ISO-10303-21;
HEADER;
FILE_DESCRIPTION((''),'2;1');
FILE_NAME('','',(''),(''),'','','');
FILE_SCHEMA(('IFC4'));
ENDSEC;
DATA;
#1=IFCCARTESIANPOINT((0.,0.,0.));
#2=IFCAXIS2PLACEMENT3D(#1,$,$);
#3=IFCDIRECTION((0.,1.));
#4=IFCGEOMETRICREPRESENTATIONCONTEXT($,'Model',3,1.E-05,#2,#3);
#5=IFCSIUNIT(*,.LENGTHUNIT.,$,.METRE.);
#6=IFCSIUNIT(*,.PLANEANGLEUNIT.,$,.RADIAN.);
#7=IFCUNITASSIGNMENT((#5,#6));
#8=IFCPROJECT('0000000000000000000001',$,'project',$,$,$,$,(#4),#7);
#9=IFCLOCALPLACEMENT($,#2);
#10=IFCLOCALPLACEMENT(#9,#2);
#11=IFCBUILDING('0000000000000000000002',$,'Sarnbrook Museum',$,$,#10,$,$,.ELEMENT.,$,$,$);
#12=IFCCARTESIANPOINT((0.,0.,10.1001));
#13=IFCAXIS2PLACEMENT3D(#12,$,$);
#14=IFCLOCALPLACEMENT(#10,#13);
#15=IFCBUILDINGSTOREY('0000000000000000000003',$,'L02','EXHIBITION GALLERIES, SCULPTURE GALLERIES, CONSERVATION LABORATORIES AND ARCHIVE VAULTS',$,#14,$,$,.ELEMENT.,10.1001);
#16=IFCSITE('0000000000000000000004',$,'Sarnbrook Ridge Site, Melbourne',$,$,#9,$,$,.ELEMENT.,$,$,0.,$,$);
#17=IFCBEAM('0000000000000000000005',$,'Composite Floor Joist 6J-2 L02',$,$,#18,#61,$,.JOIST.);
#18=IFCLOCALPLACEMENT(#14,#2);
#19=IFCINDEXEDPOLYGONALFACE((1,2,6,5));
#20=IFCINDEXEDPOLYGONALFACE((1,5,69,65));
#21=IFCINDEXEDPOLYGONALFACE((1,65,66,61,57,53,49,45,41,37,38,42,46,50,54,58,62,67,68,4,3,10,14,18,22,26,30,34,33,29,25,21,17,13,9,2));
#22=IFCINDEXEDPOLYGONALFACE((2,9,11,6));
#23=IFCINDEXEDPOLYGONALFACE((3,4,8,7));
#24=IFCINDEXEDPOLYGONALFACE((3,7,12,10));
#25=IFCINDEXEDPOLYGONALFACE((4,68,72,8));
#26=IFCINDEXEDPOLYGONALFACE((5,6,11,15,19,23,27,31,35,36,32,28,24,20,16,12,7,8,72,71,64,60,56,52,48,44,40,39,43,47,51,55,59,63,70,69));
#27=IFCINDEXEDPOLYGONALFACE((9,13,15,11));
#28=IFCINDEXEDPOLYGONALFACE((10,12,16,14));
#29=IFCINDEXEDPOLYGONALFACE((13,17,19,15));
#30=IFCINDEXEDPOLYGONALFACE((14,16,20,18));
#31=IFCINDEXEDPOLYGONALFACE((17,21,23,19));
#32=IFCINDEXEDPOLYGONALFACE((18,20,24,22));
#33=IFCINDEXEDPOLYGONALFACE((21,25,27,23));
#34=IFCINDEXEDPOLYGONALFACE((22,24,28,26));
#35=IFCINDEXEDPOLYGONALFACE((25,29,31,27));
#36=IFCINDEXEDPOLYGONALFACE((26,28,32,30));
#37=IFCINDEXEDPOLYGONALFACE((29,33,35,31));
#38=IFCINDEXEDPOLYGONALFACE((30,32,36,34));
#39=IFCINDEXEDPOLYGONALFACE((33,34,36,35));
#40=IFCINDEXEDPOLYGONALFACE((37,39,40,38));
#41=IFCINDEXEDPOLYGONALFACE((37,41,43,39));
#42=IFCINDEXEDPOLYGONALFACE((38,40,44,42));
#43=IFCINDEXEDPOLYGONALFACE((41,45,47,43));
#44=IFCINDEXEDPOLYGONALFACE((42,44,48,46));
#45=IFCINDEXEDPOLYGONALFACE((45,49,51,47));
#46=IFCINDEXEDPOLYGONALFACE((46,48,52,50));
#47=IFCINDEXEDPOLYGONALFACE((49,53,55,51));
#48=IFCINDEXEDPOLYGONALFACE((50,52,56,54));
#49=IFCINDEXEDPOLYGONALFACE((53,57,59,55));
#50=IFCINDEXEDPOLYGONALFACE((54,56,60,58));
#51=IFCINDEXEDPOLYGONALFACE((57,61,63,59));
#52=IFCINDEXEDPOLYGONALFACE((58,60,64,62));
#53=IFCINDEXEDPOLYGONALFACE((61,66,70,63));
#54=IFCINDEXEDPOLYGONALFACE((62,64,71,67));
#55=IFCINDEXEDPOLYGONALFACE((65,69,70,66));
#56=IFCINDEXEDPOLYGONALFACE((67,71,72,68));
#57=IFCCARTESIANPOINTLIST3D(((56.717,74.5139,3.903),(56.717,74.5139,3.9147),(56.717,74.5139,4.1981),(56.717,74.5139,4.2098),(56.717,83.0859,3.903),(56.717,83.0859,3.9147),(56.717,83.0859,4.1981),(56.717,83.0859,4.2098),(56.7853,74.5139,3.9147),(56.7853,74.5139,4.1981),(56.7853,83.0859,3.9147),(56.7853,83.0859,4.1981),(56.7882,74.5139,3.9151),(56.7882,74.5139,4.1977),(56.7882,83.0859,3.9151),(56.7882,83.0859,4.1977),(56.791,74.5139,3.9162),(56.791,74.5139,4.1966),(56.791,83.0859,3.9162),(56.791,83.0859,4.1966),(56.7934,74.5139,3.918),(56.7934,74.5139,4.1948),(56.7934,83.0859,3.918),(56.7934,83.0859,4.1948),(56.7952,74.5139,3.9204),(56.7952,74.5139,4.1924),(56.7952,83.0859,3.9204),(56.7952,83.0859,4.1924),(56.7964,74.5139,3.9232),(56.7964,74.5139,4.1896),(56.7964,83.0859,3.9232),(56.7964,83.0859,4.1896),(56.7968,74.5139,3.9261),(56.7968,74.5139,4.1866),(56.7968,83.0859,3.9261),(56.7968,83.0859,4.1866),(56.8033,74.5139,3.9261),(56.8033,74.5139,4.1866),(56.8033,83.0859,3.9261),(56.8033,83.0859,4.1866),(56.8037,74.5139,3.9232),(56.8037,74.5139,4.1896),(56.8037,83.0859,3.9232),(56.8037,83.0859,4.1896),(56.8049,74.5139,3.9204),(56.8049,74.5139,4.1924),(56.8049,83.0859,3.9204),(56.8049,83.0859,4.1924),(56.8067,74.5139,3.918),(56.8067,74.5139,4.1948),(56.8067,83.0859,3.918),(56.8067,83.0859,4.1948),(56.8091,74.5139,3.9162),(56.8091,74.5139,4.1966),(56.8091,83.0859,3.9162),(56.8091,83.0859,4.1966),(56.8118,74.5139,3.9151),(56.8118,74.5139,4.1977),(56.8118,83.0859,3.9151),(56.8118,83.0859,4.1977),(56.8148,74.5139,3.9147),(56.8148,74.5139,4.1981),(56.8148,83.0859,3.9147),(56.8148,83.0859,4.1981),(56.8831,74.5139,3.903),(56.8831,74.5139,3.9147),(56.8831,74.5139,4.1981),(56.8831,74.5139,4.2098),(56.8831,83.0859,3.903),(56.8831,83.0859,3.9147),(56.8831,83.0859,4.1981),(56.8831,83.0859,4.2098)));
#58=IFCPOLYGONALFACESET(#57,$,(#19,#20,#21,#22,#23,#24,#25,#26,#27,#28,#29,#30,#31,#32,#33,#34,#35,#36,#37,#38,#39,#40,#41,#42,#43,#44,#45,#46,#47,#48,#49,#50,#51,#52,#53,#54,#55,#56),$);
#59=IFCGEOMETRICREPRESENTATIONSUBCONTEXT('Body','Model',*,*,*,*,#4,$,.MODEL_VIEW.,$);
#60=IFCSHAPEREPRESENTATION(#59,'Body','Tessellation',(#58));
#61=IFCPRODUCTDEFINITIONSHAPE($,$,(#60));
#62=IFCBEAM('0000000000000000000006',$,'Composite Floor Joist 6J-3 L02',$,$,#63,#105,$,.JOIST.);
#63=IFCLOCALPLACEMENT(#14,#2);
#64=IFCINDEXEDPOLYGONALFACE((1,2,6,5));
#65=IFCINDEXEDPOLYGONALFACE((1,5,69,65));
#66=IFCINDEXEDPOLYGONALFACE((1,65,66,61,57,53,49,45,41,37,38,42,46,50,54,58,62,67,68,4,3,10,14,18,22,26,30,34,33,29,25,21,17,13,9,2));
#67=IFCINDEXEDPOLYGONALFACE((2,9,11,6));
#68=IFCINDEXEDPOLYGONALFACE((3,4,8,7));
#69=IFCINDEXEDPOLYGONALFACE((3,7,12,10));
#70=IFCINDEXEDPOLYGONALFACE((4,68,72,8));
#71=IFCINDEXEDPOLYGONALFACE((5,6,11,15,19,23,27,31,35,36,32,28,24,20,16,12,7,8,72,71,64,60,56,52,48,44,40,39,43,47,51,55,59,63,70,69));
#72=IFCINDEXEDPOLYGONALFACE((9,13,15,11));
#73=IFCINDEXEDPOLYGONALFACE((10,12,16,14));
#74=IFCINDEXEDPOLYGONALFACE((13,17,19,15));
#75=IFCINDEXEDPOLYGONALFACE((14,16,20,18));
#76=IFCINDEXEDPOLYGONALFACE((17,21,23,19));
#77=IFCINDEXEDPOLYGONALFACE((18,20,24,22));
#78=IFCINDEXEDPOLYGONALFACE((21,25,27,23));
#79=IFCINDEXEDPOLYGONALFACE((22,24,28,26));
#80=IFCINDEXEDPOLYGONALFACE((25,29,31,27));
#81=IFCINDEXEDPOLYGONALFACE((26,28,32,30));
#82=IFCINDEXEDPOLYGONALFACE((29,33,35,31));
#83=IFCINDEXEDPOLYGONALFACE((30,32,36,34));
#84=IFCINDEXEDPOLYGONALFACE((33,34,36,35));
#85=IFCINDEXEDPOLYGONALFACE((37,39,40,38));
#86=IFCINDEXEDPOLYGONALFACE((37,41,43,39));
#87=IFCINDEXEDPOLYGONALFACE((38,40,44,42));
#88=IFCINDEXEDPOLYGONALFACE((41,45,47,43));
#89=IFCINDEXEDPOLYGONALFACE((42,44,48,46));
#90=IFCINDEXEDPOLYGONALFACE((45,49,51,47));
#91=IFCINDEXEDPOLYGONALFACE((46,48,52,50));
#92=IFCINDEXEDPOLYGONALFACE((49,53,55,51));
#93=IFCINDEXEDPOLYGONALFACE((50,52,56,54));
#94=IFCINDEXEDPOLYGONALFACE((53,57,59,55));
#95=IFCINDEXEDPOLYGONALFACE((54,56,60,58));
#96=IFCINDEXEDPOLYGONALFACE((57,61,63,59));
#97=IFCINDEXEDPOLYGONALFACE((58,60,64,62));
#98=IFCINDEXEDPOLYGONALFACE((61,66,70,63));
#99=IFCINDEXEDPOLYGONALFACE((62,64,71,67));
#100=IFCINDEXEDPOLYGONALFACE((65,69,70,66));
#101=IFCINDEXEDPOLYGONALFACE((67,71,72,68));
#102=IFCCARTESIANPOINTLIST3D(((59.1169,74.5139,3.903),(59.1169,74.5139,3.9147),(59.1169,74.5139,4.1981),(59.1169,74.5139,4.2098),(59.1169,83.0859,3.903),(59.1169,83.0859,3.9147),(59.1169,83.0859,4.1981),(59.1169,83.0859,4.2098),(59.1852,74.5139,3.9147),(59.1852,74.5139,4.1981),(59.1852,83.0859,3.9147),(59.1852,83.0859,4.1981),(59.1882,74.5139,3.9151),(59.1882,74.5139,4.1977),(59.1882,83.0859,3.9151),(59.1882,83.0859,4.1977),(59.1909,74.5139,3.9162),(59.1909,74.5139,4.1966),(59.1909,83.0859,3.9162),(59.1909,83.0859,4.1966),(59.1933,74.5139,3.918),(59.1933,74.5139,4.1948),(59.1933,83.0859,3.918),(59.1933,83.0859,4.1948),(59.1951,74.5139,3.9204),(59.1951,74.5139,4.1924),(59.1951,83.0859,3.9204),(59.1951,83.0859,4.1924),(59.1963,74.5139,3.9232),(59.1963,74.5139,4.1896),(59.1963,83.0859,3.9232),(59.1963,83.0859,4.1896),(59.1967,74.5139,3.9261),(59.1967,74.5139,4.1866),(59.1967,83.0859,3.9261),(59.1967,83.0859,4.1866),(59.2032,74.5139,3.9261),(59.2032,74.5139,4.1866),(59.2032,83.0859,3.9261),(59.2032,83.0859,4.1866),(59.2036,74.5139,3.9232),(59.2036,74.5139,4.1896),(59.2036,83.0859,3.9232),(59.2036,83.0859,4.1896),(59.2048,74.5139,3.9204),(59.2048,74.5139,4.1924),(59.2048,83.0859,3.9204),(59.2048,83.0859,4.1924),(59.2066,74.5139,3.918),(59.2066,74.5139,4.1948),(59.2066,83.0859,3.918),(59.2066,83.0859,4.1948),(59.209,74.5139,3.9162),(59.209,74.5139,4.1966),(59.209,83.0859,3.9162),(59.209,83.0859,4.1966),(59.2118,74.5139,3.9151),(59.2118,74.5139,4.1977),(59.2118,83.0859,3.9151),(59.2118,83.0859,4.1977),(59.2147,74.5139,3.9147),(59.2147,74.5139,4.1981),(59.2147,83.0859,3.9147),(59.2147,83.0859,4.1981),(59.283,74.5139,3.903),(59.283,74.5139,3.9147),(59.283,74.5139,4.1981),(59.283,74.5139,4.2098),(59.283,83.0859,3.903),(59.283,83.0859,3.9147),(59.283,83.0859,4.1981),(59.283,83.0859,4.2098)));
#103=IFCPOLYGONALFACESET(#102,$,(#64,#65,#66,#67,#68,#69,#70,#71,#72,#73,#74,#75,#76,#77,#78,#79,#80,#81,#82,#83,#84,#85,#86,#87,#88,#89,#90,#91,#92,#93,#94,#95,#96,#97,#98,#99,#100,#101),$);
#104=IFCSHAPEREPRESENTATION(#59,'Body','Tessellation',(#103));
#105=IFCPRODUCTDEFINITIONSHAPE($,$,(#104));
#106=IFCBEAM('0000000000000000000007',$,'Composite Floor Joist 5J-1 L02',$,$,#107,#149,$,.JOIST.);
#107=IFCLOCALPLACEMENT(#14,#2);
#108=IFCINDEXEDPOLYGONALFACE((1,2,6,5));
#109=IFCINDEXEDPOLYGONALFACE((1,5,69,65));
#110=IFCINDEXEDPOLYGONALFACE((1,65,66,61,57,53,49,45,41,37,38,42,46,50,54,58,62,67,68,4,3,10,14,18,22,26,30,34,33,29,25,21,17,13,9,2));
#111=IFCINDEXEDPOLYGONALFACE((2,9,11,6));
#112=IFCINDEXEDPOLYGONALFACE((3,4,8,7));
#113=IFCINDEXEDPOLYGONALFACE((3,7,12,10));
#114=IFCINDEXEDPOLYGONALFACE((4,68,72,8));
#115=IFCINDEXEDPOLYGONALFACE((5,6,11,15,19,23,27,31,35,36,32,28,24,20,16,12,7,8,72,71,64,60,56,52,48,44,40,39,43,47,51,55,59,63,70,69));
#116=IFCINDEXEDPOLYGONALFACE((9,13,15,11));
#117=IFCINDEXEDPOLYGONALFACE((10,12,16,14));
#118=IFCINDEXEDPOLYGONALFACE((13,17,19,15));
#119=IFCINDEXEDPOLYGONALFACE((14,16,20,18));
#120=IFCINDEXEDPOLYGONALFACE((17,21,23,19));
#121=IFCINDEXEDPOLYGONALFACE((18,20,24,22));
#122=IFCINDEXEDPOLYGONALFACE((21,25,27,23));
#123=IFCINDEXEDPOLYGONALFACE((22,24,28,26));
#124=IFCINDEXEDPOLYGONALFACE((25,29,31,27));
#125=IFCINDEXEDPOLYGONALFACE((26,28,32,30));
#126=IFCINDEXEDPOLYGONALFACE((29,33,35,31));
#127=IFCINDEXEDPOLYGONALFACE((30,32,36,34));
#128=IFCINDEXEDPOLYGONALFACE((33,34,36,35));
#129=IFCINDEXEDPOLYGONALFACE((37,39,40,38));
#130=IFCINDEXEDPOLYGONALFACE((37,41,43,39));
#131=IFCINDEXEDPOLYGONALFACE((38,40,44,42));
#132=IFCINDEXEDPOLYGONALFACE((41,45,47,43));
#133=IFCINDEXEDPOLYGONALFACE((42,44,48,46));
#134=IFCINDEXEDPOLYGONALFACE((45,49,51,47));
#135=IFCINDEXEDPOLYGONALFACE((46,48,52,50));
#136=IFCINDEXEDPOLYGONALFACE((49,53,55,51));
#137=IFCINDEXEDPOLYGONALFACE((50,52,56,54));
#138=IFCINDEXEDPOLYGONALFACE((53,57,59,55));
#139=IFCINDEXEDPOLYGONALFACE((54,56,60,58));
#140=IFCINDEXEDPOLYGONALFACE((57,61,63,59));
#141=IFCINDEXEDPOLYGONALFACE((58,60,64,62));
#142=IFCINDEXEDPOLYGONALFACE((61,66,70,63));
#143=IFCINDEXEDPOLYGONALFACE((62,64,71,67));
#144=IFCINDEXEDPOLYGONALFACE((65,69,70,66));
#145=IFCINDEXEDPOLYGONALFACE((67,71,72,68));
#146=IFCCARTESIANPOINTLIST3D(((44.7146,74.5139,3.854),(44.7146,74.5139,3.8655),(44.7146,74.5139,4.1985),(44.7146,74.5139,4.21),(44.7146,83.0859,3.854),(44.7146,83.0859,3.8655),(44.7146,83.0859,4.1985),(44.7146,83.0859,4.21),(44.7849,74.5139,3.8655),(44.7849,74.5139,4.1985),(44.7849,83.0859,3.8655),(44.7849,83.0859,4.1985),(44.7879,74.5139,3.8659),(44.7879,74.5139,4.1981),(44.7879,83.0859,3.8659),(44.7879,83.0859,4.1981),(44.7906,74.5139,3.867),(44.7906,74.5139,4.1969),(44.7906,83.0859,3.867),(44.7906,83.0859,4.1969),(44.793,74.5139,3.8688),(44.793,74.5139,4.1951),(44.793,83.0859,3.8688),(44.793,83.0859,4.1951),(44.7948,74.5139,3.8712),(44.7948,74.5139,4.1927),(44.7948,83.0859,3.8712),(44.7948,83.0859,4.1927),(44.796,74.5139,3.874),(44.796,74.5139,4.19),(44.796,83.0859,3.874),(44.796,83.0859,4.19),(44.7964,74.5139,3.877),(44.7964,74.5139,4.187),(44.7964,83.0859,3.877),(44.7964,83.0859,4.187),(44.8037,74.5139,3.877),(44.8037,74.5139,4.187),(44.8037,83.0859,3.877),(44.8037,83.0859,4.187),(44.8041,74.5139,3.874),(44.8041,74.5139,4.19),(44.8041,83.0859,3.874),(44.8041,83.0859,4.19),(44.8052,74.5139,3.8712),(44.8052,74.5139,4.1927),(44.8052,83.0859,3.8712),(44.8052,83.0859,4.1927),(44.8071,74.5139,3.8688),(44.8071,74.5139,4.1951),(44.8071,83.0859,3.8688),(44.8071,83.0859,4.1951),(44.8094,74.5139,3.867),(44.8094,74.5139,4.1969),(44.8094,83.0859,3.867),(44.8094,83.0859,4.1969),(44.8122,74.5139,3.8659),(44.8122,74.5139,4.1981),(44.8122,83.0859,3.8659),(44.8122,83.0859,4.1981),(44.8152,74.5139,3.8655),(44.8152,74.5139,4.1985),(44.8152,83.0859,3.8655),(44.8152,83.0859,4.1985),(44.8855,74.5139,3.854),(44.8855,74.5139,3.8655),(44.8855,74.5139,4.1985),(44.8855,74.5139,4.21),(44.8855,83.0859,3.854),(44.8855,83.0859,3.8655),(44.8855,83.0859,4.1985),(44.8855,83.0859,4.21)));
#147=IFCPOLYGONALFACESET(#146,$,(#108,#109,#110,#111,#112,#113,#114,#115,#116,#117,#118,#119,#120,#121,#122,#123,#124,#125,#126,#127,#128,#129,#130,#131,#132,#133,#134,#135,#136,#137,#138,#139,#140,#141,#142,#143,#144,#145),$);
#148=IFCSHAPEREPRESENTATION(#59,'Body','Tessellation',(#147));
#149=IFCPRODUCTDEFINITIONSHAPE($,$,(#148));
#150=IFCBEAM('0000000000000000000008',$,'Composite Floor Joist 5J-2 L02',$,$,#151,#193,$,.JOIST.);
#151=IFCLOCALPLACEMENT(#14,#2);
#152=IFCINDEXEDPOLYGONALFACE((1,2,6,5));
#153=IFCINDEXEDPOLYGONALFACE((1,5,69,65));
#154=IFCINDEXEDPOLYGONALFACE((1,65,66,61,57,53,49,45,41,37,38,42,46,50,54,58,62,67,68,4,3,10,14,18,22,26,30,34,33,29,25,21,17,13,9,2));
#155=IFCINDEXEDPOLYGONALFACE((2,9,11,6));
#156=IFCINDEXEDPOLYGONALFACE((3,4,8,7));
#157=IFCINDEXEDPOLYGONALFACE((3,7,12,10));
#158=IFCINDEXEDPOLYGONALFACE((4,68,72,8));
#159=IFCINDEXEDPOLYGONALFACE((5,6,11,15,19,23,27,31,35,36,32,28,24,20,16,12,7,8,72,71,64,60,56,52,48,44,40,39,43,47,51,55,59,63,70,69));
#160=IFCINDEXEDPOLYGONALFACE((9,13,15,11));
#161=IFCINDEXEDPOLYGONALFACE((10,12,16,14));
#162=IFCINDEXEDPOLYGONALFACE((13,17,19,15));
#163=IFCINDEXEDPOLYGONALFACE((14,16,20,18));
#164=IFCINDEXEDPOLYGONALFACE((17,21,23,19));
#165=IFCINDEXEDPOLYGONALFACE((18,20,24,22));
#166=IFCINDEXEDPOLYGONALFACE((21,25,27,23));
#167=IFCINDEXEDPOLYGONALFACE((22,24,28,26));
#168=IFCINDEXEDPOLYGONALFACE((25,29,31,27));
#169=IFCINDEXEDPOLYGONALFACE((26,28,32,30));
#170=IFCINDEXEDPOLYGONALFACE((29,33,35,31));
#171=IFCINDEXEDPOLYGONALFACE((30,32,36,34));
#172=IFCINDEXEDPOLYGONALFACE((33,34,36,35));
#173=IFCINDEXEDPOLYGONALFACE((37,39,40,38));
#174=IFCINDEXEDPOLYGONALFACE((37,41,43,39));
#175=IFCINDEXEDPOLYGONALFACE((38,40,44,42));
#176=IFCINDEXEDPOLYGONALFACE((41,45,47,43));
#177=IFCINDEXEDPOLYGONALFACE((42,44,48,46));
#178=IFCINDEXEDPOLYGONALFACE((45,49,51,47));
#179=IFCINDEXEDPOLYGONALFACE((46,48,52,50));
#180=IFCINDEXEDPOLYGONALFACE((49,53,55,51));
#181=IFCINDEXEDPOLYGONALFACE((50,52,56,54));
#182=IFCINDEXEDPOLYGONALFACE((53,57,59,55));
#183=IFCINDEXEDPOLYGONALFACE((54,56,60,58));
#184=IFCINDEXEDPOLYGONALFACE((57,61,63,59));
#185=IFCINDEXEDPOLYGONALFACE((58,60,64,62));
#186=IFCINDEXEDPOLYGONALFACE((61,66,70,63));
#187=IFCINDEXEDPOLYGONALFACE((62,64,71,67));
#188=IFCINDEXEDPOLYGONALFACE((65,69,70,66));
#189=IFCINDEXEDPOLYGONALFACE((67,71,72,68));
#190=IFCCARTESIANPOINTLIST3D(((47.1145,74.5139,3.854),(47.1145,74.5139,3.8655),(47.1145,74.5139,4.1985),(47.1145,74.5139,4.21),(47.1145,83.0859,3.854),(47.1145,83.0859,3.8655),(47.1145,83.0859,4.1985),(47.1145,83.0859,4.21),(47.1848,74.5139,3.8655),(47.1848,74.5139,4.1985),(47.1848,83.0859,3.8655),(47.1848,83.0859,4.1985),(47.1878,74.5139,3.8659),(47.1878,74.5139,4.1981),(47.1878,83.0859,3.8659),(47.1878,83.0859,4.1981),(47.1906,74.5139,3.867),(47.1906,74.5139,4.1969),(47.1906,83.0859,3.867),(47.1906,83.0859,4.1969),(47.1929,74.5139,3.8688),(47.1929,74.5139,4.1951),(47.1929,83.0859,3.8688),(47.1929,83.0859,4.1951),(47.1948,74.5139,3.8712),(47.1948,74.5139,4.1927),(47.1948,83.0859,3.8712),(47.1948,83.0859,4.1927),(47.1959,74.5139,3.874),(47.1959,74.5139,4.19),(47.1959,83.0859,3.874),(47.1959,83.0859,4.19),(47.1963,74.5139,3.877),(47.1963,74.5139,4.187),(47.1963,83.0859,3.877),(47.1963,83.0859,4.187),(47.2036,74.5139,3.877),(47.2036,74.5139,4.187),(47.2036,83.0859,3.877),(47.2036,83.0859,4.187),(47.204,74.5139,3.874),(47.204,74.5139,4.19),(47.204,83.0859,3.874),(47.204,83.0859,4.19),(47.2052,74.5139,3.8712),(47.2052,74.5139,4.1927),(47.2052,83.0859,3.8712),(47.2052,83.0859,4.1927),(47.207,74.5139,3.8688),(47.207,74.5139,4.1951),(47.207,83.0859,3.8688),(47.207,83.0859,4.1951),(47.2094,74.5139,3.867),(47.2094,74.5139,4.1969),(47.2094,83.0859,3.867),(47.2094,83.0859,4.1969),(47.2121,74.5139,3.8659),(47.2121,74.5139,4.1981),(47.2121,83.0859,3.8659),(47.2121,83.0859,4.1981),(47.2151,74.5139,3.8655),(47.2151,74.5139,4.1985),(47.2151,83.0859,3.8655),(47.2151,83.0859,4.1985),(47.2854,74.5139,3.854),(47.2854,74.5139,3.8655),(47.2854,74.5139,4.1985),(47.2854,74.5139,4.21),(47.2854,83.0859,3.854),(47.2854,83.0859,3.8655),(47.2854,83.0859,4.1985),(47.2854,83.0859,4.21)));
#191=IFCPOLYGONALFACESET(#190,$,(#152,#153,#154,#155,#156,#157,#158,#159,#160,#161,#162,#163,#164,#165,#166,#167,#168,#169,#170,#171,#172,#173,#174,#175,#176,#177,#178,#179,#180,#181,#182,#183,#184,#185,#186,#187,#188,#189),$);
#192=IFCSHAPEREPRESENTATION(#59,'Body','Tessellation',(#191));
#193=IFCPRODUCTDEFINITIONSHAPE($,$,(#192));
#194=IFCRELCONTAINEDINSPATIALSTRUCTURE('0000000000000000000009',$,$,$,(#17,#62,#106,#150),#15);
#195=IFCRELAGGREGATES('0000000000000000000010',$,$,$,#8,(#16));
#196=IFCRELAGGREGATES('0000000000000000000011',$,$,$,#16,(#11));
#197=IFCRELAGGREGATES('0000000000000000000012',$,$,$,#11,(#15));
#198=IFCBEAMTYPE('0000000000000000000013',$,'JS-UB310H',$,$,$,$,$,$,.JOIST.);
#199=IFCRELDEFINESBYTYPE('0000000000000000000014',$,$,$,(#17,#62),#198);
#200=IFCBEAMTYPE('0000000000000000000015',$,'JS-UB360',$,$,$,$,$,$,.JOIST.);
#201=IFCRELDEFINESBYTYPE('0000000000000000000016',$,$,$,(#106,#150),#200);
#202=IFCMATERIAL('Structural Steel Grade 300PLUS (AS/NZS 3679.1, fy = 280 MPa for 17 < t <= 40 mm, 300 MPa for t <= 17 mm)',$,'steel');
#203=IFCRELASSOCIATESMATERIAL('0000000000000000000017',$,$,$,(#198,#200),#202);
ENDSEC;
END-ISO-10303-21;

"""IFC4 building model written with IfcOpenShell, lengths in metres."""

from ifc_helpers import new_model, si_unit, direction, frame, origin, origin_2d, place, context, subcontext, project, spatial, i_section, extrude, material, material_profile, profile_set, type_object, element, save


model = new_model("IFC4")

# Units and contexts
model_context = context("Model", 3, precision=1e-05, world=origin(), true_north=direction((0.0, 1.0)))
body_context = subcontext(model_context, "Body", "Model", "MODEL_VIEW")
ifc_project = project(units=[si_unit("LENGTHUNIT", "METRE"), si_unit("PLANEANGLEUNIT", "RADIAN")], contexts=[model_context])

# Site, building, storey
site_placement = place(None, origin())
site = spatial("IfcSite", under=ifc_project, at=site_placement, Name="Sarnbrook Ridge Site, Melbourne", CompositionType="ELEMENT", RefElevation=0.0)
building_placement = place(site_placement, origin())
building = spatial("IfcBuilding", under=site, at=building_placement, Name="Sarnbrook Museum", CompositionType="ELEMENT")
storey_placement = place(building_placement, frame((0.0, 0.0, 10.1001)))
storey = spatial("IfcBuildingStorey", under=building, at=storey_placement, Name="L02", Description="EXHIBITION GALLERIES, SCULPTURE GALLERIES, CONSERVATION LABORATORIES AND ARCHIVE VAULTS", CompositionType="ELEMENT", Elevation=10.1001)

# Beams
ifc_material_1 = material(Name="Structural Steel Grade 300PLUS (AS/NZS 3679.1, fy = 280 MPa for 17 < t <= 40 mm, 300 MPa for t <= 17 mm)", Category="steel")
ifc_material_profile_1 = material_profile(ifc_material_1, i_section(OverallWidth=0.166, OverallDepth=0.3069, WebThickness=0.0066, FlangeThickness=0.0117, FilletRadius=0.0115, at=origin_2d()), Name="310UB46.2")
ifc_profile_set_1 = profile_set([ifc_material_profile_1], Name="Structural Steel Grade 300PLUS (AS/NZS 3679.1, fy = 280 MPa for 17 < t <= 40 mm, 300 MPa for t <= 17 mm)")
beam_type_1 = type_object("IfcBeamType", Name="JS-UB310H", PredefinedType="JOIST", material=ifc_profile_set_1)
for number, where, z_axis, x_axis, name in (
    (1, (56.8, 74.5139, 4.0564), (0.0, 1.0, 0.0), (-1.0, 0.0, 0.0), "Composite Floor Joist 6J-2 L02"),
    (2, (59.2, 74.5139, 4.0564), (0.0, 1.0, 0.0), (-1.0, 0.0, 0.0), "Composite Floor Joist 6J-3 L02"),
):
    element("IfcBeam", number, at=place(storey_placement, frame(where, z_axis=z_axis, x_axis=x_axis)), inside=storey, type_object=beam_type_1, Name=name, PredefinedType="JOIST", context=body_context, shape_type="SweptSolid", body=[
        extrude(i_section(OverallWidth=0.166, OverallDepth=0.3069, WebThickness=0.0066, FlangeThickness=0.0117, FilletRadius=0.0115, at=origin_2d()), origin(), (0.0, 0.0, 1.0), 8.572),
    ])
ifc_material_profile_2 = material_profile(ifc_material_1, i_section(OverallWidth=0.1709, OverallDepth=0.356, WebThickness=0.0073, FlangeThickness=0.0115, FilletRadius=0.0115, at=origin_2d()), Name="360UB50.7")
ifc_profile_set_2 = profile_set([ifc_material_profile_2], Name="Structural Steel Grade 300PLUS (AS/NZS 3679.1, fy = 280 MPa for 17 < t <= 40 mm, 300 MPa for t <= 17 mm)")
beam_type_2 = type_object("IfcBeamType", Name="JS-UB360", PredefinedType="JOIST", material=ifc_profile_set_2)
for number, where, z_axis, x_axis, name in (
    (3, (44.8, 74.5139, 4.032), (0.0, 1.0, 0.0), (-1.0, 0.0, 0.0), "Composite Floor Joist 5J-1 L02"),
    (4, (47.2, 74.5139, 4.032), (0.0, 1.0, 0.0), (-1.0, 0.0, 0.0), "Composite Floor Joist 5J-2 L02"),
):
    element("IfcBeam", number, at=place(storey_placement, frame(where, z_axis=z_axis, x_axis=x_axis)), inside=storey, type_object=beam_type_2, Name=name, PredefinedType="JOIST", context=body_context, shape_type="SweptSolid", body=[
        extrude(i_section(OverallWidth=0.1709, OverallDepth=0.356, WebThickness=0.0073, FlangeThickness=0.0115, FilletRadius=0.0115, at=origin_2d()), origin(), (0.0, 0.0, 1.0), 8.572),
    ])

save(model, "model.ifc")
